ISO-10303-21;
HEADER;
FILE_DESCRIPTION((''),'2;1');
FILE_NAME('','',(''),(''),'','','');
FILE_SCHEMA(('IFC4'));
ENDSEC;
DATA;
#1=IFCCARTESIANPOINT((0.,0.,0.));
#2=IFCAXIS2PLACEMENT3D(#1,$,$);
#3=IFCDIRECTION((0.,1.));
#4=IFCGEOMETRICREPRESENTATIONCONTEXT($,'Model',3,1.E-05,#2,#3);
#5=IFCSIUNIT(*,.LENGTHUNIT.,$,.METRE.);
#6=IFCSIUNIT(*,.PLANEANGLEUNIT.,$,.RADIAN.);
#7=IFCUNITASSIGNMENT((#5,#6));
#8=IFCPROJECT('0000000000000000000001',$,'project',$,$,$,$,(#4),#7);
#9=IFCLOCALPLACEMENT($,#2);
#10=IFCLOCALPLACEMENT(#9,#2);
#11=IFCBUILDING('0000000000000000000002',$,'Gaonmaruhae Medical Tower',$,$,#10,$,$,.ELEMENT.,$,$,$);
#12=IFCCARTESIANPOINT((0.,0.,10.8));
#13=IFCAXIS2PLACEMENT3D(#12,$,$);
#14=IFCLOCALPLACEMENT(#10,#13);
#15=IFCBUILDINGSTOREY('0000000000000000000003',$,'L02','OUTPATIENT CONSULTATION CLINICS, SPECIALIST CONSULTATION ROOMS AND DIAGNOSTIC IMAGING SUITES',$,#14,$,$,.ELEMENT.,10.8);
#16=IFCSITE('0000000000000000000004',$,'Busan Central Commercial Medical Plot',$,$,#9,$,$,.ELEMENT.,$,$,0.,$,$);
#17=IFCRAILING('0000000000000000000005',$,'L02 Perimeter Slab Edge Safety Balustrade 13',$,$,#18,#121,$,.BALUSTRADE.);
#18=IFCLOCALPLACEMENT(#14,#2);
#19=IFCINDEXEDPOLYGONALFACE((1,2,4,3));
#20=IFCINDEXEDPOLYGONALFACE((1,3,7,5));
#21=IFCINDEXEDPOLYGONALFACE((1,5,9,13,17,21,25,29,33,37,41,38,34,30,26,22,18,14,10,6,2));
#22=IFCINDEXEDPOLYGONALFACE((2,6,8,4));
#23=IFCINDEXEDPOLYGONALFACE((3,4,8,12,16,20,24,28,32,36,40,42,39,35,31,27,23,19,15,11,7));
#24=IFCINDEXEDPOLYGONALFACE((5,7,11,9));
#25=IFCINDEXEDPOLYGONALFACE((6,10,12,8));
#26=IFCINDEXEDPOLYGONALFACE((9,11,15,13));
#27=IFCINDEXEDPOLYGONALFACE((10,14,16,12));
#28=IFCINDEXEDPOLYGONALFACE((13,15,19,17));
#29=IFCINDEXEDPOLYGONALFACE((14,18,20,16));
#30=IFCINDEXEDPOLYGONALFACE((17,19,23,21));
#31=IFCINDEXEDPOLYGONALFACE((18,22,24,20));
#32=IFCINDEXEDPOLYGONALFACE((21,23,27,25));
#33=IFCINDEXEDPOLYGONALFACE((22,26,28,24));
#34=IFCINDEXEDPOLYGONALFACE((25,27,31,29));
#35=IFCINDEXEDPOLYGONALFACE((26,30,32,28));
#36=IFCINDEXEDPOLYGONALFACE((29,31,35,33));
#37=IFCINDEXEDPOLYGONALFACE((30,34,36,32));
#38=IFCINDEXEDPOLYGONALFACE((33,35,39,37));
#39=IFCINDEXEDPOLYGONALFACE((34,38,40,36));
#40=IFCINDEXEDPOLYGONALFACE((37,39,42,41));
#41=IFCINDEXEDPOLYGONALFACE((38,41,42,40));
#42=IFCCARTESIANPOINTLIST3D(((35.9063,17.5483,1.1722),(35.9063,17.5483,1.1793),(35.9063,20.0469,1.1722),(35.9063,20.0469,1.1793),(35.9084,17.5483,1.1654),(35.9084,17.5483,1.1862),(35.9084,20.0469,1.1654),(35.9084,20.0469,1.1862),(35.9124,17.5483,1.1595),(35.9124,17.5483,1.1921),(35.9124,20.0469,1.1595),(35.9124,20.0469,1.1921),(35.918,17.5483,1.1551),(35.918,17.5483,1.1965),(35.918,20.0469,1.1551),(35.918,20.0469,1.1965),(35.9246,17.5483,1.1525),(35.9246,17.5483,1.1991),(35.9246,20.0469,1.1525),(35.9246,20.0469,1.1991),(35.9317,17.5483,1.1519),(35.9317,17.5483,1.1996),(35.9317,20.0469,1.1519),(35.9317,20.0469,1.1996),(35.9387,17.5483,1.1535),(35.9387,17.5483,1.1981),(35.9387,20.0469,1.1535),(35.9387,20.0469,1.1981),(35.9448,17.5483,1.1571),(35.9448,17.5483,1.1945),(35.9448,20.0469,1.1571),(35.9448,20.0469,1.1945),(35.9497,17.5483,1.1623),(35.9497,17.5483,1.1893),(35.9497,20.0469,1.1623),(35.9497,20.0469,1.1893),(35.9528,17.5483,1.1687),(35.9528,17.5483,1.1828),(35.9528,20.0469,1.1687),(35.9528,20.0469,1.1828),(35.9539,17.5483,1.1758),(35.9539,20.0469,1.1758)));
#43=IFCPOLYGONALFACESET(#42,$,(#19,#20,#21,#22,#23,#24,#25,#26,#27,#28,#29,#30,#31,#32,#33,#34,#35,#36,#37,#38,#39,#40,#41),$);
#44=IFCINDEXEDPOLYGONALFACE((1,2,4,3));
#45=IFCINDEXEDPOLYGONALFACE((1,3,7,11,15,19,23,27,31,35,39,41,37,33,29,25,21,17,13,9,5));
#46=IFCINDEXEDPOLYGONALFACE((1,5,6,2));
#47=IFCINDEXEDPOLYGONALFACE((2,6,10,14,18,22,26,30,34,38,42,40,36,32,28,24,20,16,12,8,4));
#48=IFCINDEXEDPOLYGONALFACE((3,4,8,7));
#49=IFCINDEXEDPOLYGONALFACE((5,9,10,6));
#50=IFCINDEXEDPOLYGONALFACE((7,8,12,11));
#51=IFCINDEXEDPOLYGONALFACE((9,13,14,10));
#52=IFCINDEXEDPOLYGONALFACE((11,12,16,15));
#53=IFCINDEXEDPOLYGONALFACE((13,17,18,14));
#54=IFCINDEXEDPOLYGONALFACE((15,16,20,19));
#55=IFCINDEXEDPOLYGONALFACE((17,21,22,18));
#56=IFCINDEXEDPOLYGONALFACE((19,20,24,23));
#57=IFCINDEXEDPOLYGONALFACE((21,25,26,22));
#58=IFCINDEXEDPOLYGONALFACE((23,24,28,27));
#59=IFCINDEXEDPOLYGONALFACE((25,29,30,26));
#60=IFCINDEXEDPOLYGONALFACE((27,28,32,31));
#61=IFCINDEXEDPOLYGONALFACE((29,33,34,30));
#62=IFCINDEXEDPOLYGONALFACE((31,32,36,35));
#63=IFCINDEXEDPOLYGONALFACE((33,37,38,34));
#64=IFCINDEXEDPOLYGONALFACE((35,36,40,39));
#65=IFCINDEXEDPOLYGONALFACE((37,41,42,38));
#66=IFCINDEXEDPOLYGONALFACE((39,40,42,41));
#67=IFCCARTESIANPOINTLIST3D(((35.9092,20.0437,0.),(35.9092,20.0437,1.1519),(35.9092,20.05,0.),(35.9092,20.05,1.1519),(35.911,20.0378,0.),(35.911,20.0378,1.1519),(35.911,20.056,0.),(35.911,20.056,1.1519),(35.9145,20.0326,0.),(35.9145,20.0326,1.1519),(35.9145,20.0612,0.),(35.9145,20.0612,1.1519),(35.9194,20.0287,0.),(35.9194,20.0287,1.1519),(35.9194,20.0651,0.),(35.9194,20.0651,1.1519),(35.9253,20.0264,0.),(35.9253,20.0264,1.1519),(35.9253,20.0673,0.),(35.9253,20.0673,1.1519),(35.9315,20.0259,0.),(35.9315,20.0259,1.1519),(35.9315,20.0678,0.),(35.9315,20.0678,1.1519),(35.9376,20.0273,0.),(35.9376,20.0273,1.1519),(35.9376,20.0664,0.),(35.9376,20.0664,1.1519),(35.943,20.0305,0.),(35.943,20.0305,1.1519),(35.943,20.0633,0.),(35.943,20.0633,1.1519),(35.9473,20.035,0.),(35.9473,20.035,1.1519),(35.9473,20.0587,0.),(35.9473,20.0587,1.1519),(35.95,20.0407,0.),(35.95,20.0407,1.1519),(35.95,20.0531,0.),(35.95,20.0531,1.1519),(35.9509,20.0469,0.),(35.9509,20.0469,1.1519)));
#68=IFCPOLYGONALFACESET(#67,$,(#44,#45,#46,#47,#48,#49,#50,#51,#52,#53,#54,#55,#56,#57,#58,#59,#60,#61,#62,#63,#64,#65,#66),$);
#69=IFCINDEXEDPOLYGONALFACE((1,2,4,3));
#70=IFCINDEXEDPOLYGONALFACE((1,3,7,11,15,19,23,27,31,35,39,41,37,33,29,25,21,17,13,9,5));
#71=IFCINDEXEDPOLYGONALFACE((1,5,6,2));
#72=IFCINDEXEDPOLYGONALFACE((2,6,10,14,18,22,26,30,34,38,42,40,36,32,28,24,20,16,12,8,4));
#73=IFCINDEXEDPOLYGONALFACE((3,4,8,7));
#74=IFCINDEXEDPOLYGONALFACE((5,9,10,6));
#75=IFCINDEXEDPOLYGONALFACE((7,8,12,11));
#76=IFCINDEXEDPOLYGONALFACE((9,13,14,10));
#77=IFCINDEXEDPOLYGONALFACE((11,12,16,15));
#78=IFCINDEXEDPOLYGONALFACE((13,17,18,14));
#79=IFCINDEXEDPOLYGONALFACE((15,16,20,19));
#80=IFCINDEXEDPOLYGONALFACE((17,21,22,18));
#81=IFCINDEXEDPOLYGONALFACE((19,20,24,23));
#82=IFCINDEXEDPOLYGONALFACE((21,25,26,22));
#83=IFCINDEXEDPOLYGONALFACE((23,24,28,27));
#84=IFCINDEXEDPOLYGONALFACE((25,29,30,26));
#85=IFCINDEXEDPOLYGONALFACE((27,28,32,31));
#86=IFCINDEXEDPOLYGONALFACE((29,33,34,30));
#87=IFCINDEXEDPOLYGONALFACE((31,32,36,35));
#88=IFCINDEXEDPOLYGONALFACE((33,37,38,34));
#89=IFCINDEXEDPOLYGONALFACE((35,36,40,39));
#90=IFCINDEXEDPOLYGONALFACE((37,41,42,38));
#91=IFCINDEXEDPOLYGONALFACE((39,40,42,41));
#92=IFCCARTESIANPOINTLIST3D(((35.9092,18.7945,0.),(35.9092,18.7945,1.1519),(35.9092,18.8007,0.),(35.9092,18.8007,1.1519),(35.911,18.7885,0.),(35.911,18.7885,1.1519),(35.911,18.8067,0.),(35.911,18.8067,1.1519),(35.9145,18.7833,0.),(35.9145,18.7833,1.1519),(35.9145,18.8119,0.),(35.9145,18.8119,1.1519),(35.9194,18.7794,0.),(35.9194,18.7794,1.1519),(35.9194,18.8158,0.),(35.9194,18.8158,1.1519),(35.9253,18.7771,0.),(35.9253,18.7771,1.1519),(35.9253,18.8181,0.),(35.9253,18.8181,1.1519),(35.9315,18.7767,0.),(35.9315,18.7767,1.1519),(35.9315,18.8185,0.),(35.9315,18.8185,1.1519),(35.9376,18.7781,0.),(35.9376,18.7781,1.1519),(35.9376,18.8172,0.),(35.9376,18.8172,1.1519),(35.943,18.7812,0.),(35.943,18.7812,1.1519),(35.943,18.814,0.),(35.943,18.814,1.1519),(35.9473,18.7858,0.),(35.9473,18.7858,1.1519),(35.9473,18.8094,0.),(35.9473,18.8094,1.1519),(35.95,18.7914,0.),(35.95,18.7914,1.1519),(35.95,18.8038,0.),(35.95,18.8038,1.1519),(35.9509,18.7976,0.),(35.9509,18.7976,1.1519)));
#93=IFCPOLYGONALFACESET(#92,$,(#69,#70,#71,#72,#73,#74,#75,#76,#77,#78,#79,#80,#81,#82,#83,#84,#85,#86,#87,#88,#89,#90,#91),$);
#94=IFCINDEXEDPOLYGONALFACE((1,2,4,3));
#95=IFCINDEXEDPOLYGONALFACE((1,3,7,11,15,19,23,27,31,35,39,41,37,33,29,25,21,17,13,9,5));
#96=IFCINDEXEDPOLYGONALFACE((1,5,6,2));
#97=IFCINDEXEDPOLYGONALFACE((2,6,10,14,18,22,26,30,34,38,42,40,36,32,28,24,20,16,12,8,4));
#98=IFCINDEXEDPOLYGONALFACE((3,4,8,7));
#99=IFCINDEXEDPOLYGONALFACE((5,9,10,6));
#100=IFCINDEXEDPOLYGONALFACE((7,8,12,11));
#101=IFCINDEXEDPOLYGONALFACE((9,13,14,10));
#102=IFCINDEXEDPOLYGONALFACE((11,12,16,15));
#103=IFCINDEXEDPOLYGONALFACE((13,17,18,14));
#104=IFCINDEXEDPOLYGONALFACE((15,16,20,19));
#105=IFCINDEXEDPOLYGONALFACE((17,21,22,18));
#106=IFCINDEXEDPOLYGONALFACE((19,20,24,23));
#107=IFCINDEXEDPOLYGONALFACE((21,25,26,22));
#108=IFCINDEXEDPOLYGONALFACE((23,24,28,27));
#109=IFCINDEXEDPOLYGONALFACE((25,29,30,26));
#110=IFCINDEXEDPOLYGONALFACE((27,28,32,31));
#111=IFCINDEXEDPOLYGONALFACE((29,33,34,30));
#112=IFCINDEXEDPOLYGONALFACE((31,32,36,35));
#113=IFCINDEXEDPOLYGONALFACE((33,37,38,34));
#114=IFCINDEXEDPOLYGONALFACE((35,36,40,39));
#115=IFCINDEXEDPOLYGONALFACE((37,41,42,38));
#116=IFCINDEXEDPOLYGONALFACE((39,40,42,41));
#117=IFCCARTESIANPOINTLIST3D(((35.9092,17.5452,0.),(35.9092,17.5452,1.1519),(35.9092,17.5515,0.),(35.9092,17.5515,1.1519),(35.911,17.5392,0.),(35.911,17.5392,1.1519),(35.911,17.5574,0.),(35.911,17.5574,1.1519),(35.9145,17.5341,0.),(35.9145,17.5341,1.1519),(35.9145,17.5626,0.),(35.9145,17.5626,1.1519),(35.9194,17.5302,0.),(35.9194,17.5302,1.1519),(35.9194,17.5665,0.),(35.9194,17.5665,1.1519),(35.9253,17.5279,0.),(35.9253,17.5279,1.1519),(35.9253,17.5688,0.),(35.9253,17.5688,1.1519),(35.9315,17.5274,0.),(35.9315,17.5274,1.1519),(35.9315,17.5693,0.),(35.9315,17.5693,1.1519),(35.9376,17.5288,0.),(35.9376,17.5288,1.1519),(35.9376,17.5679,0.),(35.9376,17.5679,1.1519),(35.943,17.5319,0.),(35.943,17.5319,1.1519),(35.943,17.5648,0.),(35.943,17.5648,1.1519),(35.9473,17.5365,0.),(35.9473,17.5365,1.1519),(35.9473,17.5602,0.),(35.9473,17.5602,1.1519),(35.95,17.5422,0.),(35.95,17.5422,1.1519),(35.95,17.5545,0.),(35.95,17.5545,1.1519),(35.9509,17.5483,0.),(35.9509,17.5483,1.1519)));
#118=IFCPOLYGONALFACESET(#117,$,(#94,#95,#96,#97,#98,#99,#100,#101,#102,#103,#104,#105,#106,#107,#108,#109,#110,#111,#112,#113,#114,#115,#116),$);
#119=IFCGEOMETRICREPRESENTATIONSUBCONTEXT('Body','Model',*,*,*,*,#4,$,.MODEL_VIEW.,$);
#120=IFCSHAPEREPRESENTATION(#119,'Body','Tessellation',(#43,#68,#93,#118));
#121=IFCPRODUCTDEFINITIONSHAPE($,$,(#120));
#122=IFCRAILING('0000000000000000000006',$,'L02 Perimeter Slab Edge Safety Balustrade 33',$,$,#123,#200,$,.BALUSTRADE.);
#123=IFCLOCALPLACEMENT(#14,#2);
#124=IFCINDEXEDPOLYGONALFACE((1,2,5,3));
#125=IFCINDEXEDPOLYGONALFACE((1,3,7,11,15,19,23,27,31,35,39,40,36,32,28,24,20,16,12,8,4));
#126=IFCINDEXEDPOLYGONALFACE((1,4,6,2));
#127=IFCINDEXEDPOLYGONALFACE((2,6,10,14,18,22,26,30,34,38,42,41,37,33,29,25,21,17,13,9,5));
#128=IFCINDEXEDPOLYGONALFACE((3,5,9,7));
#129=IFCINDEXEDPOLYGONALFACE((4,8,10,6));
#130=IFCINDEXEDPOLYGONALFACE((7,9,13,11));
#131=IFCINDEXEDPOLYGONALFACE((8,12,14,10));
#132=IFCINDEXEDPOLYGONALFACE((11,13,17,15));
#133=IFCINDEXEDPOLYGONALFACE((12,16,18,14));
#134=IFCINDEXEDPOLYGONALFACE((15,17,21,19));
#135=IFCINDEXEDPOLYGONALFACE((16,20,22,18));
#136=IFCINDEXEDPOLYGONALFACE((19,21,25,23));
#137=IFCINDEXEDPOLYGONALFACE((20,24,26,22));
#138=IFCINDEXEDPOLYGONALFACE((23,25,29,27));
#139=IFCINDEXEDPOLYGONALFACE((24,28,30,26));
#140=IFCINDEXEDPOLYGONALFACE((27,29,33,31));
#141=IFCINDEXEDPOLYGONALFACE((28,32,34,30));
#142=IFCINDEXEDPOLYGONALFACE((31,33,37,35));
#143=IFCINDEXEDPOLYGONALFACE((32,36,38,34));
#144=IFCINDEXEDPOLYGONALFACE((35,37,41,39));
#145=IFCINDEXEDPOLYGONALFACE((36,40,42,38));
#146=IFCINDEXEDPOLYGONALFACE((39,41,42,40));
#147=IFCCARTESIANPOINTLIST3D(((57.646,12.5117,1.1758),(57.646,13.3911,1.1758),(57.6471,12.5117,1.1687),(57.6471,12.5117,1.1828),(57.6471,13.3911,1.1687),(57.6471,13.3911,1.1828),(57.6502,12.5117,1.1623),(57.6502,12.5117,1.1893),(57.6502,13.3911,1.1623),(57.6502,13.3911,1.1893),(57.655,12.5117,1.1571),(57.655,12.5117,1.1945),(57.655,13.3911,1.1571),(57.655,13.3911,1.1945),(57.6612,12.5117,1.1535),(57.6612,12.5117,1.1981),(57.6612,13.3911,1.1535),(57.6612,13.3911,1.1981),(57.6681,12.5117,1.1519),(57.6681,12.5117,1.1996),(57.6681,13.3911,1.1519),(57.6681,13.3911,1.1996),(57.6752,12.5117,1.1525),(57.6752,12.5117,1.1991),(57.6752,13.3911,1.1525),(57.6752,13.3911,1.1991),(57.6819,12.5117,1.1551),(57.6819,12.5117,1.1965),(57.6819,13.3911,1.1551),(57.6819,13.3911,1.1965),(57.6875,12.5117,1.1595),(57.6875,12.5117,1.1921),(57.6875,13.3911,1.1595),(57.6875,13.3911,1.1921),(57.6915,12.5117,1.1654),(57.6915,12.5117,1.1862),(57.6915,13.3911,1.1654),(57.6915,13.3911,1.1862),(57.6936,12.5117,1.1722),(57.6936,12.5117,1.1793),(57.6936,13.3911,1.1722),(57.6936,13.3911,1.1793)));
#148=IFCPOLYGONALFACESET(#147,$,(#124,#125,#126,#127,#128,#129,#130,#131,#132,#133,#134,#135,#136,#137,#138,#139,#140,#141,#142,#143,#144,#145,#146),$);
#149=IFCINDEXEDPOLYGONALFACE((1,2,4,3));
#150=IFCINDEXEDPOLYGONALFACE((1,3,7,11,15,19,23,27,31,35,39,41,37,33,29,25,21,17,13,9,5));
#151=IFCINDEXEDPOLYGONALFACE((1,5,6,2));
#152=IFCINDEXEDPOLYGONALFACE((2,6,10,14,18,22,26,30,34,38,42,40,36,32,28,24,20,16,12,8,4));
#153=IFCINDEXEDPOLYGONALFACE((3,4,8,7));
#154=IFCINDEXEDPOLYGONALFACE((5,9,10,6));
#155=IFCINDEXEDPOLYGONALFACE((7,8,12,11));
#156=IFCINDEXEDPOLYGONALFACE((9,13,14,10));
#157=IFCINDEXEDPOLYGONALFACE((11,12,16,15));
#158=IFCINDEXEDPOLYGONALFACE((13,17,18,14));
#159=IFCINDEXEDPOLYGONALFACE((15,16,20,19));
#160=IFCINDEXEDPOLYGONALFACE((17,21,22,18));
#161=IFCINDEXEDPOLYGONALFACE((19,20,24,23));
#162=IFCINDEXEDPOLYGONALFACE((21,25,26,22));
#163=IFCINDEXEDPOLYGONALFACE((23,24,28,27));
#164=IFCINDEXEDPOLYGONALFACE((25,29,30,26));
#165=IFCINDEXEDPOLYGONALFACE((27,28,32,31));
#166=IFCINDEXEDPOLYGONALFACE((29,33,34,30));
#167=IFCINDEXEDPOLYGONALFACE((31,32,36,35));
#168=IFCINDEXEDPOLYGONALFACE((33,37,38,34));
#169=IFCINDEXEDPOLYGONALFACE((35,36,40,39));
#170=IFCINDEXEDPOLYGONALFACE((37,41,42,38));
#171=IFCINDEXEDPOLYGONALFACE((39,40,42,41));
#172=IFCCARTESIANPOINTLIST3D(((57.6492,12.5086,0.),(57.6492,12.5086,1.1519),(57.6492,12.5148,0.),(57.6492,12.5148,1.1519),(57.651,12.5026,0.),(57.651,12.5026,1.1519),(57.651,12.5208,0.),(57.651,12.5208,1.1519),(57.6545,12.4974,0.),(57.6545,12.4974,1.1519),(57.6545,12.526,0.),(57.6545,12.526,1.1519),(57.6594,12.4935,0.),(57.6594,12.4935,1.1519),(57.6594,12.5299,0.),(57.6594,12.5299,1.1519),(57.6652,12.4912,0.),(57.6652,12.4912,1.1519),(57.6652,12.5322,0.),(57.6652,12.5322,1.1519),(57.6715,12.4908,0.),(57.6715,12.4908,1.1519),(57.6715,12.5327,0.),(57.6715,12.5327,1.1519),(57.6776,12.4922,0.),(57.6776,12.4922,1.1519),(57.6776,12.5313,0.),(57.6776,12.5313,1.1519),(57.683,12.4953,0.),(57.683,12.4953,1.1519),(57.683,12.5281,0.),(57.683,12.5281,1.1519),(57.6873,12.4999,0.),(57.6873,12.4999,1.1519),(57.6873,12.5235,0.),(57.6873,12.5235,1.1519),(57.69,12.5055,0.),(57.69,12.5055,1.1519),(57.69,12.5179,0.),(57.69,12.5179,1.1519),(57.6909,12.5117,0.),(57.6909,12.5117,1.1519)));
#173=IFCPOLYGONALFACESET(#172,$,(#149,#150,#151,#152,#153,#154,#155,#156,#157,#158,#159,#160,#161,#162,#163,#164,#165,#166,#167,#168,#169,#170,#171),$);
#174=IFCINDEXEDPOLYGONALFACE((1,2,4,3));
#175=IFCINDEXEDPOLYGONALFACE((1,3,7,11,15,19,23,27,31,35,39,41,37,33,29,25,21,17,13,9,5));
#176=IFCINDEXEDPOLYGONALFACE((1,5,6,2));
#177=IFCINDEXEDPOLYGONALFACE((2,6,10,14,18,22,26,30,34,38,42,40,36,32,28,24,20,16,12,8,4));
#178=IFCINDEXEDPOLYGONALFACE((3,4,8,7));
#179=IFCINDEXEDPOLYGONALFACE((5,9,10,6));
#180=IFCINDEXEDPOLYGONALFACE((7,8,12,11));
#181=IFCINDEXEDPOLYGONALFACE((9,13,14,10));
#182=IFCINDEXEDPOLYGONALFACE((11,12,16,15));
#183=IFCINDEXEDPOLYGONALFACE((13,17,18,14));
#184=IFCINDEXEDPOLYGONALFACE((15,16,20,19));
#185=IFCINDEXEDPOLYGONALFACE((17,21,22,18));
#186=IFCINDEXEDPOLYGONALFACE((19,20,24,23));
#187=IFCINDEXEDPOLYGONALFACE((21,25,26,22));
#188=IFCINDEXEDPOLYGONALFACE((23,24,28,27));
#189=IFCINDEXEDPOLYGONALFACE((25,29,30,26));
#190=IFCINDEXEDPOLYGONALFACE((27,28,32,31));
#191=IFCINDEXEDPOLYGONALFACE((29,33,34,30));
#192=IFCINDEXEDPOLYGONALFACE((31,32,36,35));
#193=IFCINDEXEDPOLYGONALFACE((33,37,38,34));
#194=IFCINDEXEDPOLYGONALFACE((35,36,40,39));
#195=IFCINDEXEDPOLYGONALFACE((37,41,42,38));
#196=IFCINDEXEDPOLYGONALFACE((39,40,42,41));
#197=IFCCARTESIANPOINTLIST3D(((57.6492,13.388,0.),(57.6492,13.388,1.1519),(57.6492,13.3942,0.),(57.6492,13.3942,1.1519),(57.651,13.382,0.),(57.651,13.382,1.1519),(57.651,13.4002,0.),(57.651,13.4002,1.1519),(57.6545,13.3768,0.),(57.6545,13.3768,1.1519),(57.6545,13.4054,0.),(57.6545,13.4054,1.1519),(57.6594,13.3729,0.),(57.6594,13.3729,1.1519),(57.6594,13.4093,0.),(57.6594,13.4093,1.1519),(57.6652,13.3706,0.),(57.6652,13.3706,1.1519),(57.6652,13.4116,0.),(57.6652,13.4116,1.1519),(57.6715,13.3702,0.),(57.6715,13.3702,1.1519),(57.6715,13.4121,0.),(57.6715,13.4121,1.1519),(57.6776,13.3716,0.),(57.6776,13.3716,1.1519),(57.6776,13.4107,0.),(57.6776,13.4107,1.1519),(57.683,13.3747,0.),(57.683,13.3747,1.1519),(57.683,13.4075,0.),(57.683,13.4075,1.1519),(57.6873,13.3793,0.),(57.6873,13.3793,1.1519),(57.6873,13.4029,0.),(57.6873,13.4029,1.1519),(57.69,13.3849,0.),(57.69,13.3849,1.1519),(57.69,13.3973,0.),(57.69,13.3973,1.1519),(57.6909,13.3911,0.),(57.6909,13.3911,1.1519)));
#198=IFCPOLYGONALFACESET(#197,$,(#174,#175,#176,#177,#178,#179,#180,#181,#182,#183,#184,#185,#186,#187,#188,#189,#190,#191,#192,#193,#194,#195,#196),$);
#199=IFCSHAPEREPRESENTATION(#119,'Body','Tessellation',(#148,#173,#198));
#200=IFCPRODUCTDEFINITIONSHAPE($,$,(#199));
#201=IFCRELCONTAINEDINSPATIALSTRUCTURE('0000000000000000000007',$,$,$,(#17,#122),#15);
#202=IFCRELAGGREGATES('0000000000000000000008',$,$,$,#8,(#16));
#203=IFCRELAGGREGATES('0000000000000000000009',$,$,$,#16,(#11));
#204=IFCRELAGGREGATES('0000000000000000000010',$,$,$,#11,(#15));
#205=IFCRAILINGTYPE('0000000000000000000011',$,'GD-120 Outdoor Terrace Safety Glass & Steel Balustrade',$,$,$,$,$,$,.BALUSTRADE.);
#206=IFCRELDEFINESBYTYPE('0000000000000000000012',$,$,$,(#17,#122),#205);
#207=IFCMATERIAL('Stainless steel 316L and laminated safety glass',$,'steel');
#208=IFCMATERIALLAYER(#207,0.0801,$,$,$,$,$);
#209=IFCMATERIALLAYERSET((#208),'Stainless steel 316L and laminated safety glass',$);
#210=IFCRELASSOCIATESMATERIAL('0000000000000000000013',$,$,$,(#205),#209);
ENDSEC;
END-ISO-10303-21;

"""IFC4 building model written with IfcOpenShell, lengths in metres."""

from ifc_helpers import new_model, si_unit, direction, frame, origin, origin_2d, place, context, subcontext, project, spatial, circle, extrude, material, layer, layer_set, type_object, element, save


model = new_model("IFC4")

# Units and contexts
model_context = context("Model", 3, precision=1e-05, world=origin(), true_north=direction((0.0, 1.0)))
body_context = subcontext(model_context, "Body", "Model", "MODEL_VIEW")
ifc_project = project(units=[si_unit("LENGTHUNIT", "METRE"), si_unit("PLANEANGLEUNIT", "RADIAN")], contexts=[model_context])

# Site, building, storey
site_placement = place(None, origin())
site = spatial("IfcSite", under=ifc_project, at=site_placement, Name="Busan Central Commercial Medical Plot", CompositionType="ELEMENT", RefElevation=0.0)
building_placement = place(site_placement, origin())
building = spatial("IfcBuilding", under=site, at=building_placement, Name="Gaonmaruhae Medical Tower", CompositionType="ELEMENT")
storey_placement = place(building_placement, frame((0.0, 0.0, 10.8)))
storey = spatial("IfcBuildingStorey", under=building, at=storey_placement, Name="L02", Description="OUTPATIENT CONSULTATION CLINICS, SPECIALIST CONSULTATION ROOMS AND DIAGNOSTIC IMAGING SUITES", CompositionType="ELEMENT", Elevation=10.8)

# Railings
ifc_material_1 = material(Name="Stainless steel 316L and laminated safety glass", Category="steel")
ifc_layer_1 = layer(ifc_material_1, 0.0801)
ifc_layer_set_1 = layer_set([ifc_layer_1], Name="Stainless steel 316L and laminated safety glass")
railing_type_1 = type_object("IfcRailingType", Name="GD-120 Outdoor Terrace Safety Glass & Steel Balustrade", PredefinedType="BALUSTRADE", material=ifc_layer_set_1)
railing_1_placement = place(storey_placement, frame((35.9299, 20.0469, 0.0)))
element("IfcRailing", 1, at=railing_1_placement, inside=storey, type_object=railing_type_1, Name="L02 Perimeter Slab Edge Safety Balustrade 13", PredefinedType="BALUSTRADE", context=body_context, shape_type="SweptSolid", body=[
    extrude(circle(Radius=0.0239, at=origin_2d()), frame((0.0, 0.0, 1.1758), z_axis=(0.0, -1.0, 0.0), x_axis=(1.0, 0.0, 0.0)), (0.0, 0.0, 1.0), 2.4985),
    extrude(circle(Radius=0.021, at=origin_2d()), origin(), (0.0, 0.0, 1.0), 1.1519),
    extrude(circle(Radius=0.021, at=origin_2d()), frame((0.0, -1.2493, 0.0)), (0.0, 0.0, 1.0), 1.1519),
    extrude(circle(Radius=0.021, at=origin_2d()), frame((0.0, -2.4985, 0.0)), (0.0, 0.0, 1.0), 1.1519),
])
railing_2_placement = place(storey_placement, frame((57.6699, 12.5117, 0.0)))
element("IfcRailing", 2, at=railing_2_placement, inside=storey, type_object=railing_type_1, Name="L02 Perimeter Slab Edge Safety Balustrade 33", PredefinedType="BALUSTRADE", context=body_context, shape_type="SweptSolid", body=[
    extrude(circle(Radius=0.0239, at=origin_2d()), frame((0.0, 0.0, 1.1758), z_axis=(0.0, 1.0, 0.0), x_axis=(-1.0, 0.0, 0.0)), (0.0, 0.0, 1.0), 0.8794),
    extrude(circle(Radius=0.021, at=origin_2d()), origin(), (0.0, 0.0, 1.0), 1.1519),
    extrude(circle(Radius=0.021, at=origin_2d()), frame((0.0, 0.8794, 0.0)), (0.0, 0.0, 1.0), 1.1519),
])

save(model, "model.ifc")
